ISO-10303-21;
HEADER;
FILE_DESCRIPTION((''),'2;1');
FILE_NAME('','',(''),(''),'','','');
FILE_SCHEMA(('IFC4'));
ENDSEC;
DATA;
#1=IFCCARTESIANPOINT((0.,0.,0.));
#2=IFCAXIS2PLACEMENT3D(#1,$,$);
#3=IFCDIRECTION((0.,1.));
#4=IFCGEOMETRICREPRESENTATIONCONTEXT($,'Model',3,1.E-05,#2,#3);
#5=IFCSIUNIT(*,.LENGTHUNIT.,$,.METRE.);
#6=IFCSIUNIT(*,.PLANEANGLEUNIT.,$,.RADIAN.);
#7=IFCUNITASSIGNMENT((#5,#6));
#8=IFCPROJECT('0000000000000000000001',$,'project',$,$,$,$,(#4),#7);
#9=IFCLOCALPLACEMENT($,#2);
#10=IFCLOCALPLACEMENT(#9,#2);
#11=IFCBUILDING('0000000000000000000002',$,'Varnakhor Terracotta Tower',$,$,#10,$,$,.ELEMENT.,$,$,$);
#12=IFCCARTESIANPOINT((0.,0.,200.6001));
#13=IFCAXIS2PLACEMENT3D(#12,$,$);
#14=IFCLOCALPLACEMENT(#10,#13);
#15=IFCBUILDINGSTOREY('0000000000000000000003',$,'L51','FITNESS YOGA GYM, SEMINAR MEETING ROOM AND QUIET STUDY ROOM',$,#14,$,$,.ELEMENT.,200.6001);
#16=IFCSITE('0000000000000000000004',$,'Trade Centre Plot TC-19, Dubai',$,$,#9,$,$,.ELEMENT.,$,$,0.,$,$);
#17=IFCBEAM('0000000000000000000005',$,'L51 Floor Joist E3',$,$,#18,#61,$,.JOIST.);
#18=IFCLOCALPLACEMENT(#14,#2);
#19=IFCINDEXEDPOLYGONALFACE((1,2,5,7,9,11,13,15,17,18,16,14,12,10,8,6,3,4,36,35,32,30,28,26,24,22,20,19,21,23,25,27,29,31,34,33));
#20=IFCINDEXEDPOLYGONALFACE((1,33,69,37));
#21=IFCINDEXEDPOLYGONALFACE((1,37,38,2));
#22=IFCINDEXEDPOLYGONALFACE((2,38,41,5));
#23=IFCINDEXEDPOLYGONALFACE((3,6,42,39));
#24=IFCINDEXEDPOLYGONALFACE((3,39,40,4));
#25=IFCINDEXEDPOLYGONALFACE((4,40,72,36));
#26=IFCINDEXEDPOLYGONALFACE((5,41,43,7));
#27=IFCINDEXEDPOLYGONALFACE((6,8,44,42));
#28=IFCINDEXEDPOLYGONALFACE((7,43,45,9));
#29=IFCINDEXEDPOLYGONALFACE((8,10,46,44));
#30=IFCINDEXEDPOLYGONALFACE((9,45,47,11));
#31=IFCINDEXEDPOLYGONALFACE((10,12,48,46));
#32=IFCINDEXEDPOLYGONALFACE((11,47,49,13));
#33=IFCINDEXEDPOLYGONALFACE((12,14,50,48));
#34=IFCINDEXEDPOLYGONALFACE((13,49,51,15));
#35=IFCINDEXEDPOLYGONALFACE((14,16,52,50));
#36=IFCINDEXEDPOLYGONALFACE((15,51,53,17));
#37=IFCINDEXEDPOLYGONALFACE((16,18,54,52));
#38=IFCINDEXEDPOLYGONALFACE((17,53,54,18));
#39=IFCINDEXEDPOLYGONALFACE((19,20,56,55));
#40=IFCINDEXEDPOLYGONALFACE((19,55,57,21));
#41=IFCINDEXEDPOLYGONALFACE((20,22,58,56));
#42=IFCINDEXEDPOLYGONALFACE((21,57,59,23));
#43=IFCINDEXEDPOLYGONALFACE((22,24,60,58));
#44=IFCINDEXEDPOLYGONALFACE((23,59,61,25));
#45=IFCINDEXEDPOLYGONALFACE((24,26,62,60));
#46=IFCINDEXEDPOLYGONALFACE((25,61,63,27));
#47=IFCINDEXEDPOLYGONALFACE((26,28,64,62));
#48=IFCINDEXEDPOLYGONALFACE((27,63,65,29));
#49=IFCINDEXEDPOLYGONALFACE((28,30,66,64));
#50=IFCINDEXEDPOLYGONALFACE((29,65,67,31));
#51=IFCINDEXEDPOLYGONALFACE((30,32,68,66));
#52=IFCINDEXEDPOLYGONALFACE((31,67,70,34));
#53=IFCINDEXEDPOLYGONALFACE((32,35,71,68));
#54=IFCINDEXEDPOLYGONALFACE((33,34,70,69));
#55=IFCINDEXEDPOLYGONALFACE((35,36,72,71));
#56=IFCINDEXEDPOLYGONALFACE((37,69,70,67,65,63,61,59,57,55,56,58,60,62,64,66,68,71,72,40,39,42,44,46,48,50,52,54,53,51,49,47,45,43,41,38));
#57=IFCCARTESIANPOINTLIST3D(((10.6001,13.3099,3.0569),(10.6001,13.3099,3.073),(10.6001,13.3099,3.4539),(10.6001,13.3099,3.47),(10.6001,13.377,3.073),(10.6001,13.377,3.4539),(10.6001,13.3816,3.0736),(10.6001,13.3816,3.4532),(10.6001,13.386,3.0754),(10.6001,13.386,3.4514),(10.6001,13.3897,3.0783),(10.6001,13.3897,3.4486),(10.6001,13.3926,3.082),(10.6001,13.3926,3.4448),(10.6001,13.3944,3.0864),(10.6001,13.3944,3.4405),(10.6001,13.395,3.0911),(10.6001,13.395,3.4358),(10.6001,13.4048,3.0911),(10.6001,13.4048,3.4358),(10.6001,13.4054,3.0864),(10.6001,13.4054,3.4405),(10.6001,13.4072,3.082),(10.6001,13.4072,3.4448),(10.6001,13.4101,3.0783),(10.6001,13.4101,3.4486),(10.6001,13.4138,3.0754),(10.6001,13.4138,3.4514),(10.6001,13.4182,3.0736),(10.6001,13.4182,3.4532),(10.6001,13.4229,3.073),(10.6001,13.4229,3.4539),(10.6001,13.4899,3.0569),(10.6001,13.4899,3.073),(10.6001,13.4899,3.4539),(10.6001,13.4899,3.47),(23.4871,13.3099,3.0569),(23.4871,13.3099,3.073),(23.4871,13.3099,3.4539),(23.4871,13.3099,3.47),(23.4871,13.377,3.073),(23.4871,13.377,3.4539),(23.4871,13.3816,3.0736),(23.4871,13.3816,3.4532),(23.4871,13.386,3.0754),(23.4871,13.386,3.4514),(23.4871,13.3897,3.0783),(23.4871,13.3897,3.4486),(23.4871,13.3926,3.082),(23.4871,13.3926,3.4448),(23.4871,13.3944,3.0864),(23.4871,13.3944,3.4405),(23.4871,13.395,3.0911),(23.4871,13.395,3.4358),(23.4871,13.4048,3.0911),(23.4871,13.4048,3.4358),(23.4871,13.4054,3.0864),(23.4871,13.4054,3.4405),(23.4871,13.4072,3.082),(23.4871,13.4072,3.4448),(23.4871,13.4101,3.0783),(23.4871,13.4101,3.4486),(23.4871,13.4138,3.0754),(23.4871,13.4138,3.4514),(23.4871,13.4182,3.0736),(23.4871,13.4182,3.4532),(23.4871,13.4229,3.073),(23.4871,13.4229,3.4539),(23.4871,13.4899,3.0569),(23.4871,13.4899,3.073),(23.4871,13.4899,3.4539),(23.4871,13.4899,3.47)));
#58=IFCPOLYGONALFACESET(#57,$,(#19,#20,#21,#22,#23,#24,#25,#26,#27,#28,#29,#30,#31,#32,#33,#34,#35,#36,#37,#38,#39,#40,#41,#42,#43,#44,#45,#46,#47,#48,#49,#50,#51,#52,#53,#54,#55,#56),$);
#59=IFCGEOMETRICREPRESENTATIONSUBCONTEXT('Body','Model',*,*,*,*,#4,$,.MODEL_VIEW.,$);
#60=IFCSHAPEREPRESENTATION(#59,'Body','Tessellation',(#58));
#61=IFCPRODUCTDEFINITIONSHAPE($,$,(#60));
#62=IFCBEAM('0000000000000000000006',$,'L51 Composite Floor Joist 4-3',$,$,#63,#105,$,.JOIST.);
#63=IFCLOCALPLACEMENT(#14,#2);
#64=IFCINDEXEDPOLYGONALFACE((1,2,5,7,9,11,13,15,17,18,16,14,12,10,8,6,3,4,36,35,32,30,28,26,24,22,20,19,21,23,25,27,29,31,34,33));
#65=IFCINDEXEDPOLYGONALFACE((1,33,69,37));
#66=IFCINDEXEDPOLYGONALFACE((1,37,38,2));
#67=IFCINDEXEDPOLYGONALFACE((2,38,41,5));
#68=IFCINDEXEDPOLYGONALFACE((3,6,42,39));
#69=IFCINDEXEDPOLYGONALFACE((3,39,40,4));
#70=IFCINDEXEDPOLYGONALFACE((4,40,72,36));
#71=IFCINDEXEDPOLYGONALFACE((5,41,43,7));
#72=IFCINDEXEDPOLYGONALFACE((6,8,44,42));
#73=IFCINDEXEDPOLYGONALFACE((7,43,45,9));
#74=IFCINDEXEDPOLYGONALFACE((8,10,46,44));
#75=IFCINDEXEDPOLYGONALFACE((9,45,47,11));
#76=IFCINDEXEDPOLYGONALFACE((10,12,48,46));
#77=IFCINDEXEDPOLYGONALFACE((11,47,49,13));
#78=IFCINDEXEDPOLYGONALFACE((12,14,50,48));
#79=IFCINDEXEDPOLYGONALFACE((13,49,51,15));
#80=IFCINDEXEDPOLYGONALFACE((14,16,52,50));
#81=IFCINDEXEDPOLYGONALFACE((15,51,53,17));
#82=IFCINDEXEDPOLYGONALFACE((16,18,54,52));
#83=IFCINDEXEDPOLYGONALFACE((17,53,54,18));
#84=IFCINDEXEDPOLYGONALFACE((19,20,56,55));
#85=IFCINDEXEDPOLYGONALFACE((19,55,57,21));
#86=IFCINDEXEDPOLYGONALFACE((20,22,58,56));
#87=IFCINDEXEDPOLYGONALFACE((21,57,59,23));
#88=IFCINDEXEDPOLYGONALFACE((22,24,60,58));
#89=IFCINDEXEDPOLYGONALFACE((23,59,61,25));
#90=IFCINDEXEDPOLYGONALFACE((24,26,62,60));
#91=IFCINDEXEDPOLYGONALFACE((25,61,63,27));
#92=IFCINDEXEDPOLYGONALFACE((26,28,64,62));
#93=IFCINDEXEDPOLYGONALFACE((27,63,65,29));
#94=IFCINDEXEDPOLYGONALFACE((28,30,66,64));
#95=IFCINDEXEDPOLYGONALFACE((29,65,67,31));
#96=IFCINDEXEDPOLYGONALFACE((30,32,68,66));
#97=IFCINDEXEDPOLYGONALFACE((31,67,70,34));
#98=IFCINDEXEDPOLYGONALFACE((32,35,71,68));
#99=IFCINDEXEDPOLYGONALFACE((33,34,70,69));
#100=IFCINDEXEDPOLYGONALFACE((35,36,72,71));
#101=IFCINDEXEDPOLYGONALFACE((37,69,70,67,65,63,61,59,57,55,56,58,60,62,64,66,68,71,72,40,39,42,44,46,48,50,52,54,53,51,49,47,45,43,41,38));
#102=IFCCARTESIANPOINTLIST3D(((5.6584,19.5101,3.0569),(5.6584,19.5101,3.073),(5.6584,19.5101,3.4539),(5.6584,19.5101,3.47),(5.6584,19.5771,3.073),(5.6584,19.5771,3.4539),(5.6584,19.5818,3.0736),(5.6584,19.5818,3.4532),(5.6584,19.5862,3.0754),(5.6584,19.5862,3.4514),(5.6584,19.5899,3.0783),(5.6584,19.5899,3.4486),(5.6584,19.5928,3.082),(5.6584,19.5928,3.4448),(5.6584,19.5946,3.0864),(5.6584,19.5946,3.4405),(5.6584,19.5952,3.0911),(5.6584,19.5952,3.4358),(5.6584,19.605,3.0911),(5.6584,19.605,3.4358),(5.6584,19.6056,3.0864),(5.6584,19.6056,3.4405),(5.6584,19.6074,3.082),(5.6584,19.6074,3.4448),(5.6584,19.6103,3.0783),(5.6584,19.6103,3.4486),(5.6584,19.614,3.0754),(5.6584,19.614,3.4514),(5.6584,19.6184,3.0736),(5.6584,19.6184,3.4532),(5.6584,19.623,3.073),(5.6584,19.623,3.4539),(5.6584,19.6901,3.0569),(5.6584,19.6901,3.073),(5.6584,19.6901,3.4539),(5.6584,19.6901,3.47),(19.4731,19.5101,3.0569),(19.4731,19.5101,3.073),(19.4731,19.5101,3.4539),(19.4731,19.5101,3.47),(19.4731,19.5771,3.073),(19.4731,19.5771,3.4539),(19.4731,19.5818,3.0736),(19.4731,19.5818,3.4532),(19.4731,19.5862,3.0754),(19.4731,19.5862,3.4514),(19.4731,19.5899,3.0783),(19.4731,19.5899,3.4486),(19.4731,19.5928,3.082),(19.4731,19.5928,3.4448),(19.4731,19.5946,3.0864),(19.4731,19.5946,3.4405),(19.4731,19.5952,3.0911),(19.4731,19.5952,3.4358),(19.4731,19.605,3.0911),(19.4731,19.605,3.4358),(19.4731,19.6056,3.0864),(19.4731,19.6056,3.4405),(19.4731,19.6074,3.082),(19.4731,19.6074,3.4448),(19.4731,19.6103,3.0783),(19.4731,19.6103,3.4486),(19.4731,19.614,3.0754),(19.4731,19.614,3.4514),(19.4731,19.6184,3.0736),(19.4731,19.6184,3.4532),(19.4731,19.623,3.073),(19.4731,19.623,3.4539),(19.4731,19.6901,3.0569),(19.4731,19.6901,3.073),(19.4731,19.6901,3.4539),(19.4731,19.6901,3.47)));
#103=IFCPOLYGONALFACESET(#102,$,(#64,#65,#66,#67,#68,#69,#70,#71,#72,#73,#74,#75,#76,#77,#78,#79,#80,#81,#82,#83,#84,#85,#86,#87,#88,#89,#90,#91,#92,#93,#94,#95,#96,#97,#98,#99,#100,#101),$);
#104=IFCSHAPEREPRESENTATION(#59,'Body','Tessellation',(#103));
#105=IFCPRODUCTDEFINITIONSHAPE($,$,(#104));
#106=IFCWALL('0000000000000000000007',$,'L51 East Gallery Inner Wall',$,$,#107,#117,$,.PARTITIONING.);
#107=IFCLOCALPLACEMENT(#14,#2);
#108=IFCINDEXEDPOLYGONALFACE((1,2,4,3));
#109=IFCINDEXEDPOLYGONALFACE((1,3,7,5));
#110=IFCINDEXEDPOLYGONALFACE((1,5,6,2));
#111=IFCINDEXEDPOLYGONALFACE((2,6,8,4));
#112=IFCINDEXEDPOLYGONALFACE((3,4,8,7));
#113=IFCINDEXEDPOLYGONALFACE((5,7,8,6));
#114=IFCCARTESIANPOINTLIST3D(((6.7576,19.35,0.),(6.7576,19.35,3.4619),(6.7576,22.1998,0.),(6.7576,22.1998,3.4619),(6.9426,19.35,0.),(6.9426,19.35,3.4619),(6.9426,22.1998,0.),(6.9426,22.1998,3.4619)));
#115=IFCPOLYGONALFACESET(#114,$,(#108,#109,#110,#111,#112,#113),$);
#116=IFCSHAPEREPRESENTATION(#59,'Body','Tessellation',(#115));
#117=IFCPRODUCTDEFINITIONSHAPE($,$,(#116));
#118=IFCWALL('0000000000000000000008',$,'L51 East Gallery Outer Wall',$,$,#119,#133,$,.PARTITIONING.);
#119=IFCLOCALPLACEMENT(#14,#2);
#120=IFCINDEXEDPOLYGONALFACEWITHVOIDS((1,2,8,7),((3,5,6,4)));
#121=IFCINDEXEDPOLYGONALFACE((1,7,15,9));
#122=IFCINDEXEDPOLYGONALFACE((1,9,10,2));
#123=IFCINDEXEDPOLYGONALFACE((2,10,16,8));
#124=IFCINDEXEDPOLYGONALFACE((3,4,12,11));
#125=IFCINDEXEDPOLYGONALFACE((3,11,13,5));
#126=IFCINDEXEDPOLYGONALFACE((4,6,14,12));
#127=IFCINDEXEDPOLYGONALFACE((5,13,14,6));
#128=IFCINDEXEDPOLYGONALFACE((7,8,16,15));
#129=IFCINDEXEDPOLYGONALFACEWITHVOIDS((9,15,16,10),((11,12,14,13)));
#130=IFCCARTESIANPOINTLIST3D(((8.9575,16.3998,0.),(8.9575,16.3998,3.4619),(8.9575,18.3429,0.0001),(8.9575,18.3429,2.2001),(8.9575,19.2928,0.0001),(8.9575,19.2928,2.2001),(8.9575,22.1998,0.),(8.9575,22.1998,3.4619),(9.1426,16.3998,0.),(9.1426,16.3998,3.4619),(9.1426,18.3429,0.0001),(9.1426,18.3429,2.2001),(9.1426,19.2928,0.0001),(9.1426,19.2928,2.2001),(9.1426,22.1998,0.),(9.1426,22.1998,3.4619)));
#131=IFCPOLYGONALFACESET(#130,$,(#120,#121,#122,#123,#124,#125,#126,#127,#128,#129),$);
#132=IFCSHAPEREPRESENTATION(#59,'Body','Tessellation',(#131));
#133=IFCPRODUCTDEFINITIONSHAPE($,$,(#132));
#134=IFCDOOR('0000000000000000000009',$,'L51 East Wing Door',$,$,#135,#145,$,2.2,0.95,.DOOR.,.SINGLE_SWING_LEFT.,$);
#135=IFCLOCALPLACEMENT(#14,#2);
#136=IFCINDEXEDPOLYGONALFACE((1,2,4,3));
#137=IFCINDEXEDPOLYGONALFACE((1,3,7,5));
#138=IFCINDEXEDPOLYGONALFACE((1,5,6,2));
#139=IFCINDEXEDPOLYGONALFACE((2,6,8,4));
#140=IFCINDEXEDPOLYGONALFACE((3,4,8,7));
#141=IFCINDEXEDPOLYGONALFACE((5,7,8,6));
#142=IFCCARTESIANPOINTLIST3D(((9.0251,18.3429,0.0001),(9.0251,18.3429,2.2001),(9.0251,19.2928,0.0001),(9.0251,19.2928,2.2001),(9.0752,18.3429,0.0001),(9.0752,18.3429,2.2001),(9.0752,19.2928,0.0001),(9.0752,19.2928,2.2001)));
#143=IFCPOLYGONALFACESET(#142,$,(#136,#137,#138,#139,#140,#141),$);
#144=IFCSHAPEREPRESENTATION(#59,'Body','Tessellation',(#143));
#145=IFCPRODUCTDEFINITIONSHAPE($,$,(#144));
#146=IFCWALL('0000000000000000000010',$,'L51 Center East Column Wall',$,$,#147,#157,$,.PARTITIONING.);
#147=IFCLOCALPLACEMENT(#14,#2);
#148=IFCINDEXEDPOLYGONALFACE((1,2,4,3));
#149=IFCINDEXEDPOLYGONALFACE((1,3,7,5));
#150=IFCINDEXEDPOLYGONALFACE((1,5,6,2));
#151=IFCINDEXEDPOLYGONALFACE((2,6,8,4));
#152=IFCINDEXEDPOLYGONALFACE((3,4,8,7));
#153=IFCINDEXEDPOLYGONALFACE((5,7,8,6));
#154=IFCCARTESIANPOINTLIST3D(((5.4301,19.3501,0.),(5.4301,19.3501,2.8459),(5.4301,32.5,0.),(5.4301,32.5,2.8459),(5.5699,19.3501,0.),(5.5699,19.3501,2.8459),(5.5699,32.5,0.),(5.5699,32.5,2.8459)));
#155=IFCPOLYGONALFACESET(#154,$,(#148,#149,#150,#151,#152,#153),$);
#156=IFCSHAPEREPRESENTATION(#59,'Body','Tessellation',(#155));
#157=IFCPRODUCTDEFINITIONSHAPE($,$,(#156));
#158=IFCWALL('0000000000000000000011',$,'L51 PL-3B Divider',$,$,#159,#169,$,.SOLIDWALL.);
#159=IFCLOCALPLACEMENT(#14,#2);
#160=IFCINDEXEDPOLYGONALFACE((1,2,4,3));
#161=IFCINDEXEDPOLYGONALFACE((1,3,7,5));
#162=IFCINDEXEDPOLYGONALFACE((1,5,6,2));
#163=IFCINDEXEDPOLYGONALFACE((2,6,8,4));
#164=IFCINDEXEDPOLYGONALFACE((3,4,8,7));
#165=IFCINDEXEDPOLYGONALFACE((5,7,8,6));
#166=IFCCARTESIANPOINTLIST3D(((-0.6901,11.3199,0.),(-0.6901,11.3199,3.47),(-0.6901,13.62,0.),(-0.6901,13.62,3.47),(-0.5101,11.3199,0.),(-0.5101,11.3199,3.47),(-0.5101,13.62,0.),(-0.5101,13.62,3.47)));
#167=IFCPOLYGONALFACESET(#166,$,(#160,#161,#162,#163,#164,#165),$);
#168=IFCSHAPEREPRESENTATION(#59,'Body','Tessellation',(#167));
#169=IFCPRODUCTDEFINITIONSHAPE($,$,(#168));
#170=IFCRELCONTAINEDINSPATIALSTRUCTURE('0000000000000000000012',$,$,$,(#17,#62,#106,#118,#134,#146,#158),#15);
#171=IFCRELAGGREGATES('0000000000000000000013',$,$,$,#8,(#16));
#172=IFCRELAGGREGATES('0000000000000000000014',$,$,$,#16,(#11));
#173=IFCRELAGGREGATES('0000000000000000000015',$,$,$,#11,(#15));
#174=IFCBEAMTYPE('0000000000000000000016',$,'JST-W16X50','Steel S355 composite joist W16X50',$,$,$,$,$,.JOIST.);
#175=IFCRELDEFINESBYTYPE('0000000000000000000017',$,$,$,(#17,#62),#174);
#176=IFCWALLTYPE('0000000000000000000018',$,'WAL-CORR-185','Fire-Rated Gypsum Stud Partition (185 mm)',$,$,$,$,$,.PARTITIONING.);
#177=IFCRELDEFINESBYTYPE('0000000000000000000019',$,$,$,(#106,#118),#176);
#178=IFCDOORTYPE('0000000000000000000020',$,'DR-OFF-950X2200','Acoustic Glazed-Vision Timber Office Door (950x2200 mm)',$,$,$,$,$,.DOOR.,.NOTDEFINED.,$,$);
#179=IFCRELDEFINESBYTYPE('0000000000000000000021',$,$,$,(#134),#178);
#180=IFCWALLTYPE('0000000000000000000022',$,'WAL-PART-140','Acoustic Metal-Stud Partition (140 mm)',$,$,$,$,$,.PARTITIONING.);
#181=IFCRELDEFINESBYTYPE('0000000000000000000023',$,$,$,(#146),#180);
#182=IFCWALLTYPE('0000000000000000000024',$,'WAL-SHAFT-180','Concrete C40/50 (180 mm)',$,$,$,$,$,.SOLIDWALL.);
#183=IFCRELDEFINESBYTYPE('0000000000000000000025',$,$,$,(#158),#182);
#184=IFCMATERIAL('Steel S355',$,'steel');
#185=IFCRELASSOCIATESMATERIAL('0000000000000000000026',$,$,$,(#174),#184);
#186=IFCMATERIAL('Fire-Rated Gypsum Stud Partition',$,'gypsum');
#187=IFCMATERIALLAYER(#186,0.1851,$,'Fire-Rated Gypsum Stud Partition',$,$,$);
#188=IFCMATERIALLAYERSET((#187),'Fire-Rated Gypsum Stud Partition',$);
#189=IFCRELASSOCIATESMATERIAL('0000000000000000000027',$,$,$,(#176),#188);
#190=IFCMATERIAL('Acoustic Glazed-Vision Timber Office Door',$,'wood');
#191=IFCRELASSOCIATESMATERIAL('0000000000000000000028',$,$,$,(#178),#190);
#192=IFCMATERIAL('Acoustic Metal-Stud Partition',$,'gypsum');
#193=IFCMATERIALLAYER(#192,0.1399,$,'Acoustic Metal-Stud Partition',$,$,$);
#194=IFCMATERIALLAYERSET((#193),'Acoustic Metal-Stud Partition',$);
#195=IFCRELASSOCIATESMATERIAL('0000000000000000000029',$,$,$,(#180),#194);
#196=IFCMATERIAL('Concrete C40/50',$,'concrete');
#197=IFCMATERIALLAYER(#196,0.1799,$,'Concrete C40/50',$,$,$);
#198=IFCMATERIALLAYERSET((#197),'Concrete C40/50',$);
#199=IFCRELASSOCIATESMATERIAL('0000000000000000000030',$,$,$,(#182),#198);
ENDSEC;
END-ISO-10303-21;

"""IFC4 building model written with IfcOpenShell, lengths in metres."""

from ifc_helpers import new_model, si_unit, direction, frame, frame_2d, origin, origin_2d, place, context, subcontext, project, spatial, rectangle, i_section, extrude, source, transform, mapped, material, layer, layer_set, material_profile, profile_set, type_object, type_shapes, element, fill, save


model = new_model("IFC4")

# Units and contexts
model_context = context("Model", 3, precision=1e-05, world=origin(), true_north=direction((0.0, 1.0)))
body_context = subcontext(model_context, "Body", "Model", "MODEL_VIEW")
ifc_project = project(units=[si_unit("LENGTHUNIT", "METRE"), si_unit("PLANEANGLEUNIT", "RADIAN")], contexts=[model_context])

# Site, building, storey
site_placement = place(None, origin())
site = spatial("IfcSite", under=ifc_project, at=site_placement, Name="Trade Centre Plot TC-19, Dubai", CompositionType="ELEMENT", RefElevation=0.0)
building_placement = place(site_placement, origin())
building = spatial("IfcBuilding", under=site, at=building_placement, Name="Varnakhor Terracotta Tower", CompositionType="ELEMENT")
storey_placement = place(building_placement, frame((0.0, 0.0, 200.6001)))
storey = spatial("IfcBuildingStorey", under=building, at=storey_placement, Name="L51", Description="FITNESS YOGA GYM, SEMINAR MEETING ROOM AND QUIET STUDY ROOM", CompositionType="ELEMENT", Elevation=200.6001)

# Beams
ifc_material_1 = material(Name="Steel S355", Category="steel")
ifc_material_profile_1 = material_profile(ifc_material_1, i_section(OverallWidth=0.1799, OverallDepth=0.4131, WebThickness=0.0098, FlangeThickness=0.0161, FilletRadius=0.0181, at=origin_2d()), Name="W16X50")
ifc_profile_set_1 = profile_set([ifc_material_profile_1], Name="Steel S355")
beam_type_1 = type_object("IfcBeamType", Name="JST-W16X50", Description="Steel S355 composite joist W16X50", PredefinedType="JOIST", material=ifc_profile_set_1)
shared_shape_1 = source(origin(), body_context, "Body", "SweptSolid", [
    extrude(i_section(OverallWidth=0.1799, OverallDepth=0.4131, WebThickness=0.0098, FlangeThickness=0.0161, FilletRadius=0.0181, at=origin_2d()), origin(), (0.0, 0.0, 1.0), 12.887),
])
beam_1_placement = place(storey_placement, frame((10.6001, 13.3999, 3.2634), z_axis=(1.0, 0.0, 0.0), x_axis=(0.0, 1.0, 0.0)))
element("IfcBeam", 1, at=beam_1_placement, inside=storey, type_object=beam_type_1, Name="L51 Floor Joist E3", PredefinedType="JOIST", context=body_context, shape_type="MappedRepresentation", body=[
    mapped(shared_shape_1, transform((0.0, 0.0, 0.0), scale=1.0)),
])
shared_shape_2 = source(origin(), body_context, "Body", "SweptSolid", [
    extrude(i_section(OverallWidth=0.1799, OverallDepth=0.4131, WebThickness=0.0098, FlangeThickness=0.0161, FilletRadius=0.0181, at=origin_2d()), origin(), (0.0, 0.0, 1.0), 13.8147),
])
beam_2_placement = place(storey_placement, frame((5.6584, 19.6001, 3.2634), z_axis=(1.0, 0.0, 0.0), x_axis=(0.0, 1.0, 0.0)))
element("IfcBeam", 2, at=beam_2_placement, inside=storey, type_object=beam_type_1, Name="L51 Composite Floor Joist 4-3", PredefinedType="JOIST", context=body_context, shape_type="MappedRepresentation", body=[
    mapped(shared_shape_2, transform((0.0, 0.0, 0.0), scale=1.0)),
])

# Wall
ifc_material_2 = material(Name="Fire-Rated Gypsum Stud Partition", Category="gypsum")
ifc_layer_1 = layer(ifc_material_2, 0.1851, Name="Fire-Rated Gypsum Stud Partition")
ifc_layer_set_1 = layer_set([ifc_layer_1], Name="Fire-Rated Gypsum Stud Partition")
wall_type_1 = type_object("IfcWallType", Name="WAL-CORR-185", Description="Fire-Rated Gypsum Stud Partition (185 mm)", PredefinedType="PARTITIONING", material=ifc_layer_set_1)
wall_1_placement = place(storey_placement, frame((6.8501, 19.3501, 0.0), z_axis=(0.0, 0.0, 1.0), x_axis=(0.0, 1.0, 0.0)))
element("IfcWall", 3, at=wall_1_placement, inside=storey, type_object=wall_type_1, Name="L51 East Gallery Inner Wall", PredefinedType="PARTITIONING", context=body_context, shape_type="SweptSolid", body=[
    extrude(rectangle(XDim=2.8499, YDim=0.1851, at=frame_2d((1.4248, 0.0))), origin(), (0.0, 0.0, 1.0), 3.4619),
])

# Wall, opening, door
wall_2_placement = place(storey_placement, frame((9.05, 16.3999, 0.0), z_axis=(0.0, 0.0, 1.0), x_axis=(0.0, 1.0, 0.0)))
wall_2 = element("IfcWall", 4, at=wall_2_placement, inside=storey, type_object=wall_type_1, Name="L51 East Gallery Outer Wall", PredefinedType="PARTITIONING", context=body_context, shape_type="SweptSolid", body=[
    extrude(rectangle(XDim=5.8, YDim=0.1851, at=frame_2d((2.8999, 0.0))), origin(), (0.0, 0.0, 1.0), 3.4619),
])
opening_1_placement = place(wall_2_placement, frame((1.9429, 0.0, 0.0)))
opening_1 = element("IfcOpeningElement", 5, at=opening_1_placement, cuts=wall_2, PredefinedType="OPENING", context=body_context, shape_type="SweptSolid", body=[
    extrude(rectangle(XDim=0.95, YDim=2.2, at=frame_2d((0.4751, 1.1001))), frame((0.0, 0.1025, 0.0), z_axis=(0.0, -1.0, 0.0), x_axis=(1.0, 0.0, 0.0)), (0.0, 0.0, 1.0), 0.2051),
])
ifc_material_3 = material(Name="Acoustic Glazed-Vision Timber Office Door", Category="wood")
door_type_1 = type_object("IfcDoorType", Name="DR-OFF-950X2200", Description="Acoustic Glazed-Vision Timber Office Door (950x2200 mm)", OperationType="NOTDEFINED", PredefinedType="DOOR", material=ifc_material_3)
shared_shape_3 = source(origin(), body_context, "Body", "SweptSolid", [
    extrude(rectangle(XDim=0.95, YDim=2.2, at=frame_2d((0.4751, 1.1001))), frame((0.0, 0.0249, 0.0), z_axis=(0.0, -1.0, 0.0), x_axis=(1.0, 0.0, 0.0)), (0.0, 0.0, 1.0), 0.05),
])
type_shapes(door_type_1, [shared_shape_3])
door_1_placement = place(opening_1_placement, origin())
door_1 = element("IfcDoor", 6, at=door_1_placement, inside=storey, type_object=door_type_1, Name="L51 East Wing Door", OperationType="SINGLE_SWING_LEFT", OverallHeight=2.2, OverallWidth=0.95, PredefinedType="DOOR", context=body_context, shape_type="MappedRepresentation", body=[
    mapped(shared_shape_3, transform((0.0, 0.0, 0.0), scale=1.0)),
])
fill(opening_1, door_1)

# Walls
ifc_material_4 = material(Name="Acoustic Metal-Stud Partition", Category="gypsum")
ifc_layer_2 = layer(ifc_material_4, 0.1399, Name="Acoustic Metal-Stud Partition")
ifc_layer_set_2 = layer_set([ifc_layer_2], Name="Acoustic Metal-Stud Partition")
wall_type_2 = type_object("IfcWallType", Name="WAL-PART-140", Description="Acoustic Metal-Stud Partition (140 mm)", PredefinedType="PARTITIONING", material=ifc_layer_set_2)
wall_3_placement = place(storey_placement, frame((5.5, 19.3501, 0.0), z_axis=(0.0, 0.0, 1.0), x_axis=(0.0, 1.0, 0.0)))
element("IfcWall", 7, at=wall_3_placement, inside=storey, type_object=wall_type_2, Name="L51 Center East Column Wall", PredefinedType="PARTITIONING", context=body_context, shape_type="SweptSolid", body=[
    extrude(rectangle(XDim=13.1499, YDim=0.1399, at=frame_2d((6.575, 0.0))), origin(), (0.0, 0.0, 1.0), 2.8459),
])
ifc_material_5 = material(Name="Concrete C40/50", Category="concrete")
ifc_layer_3 = layer(ifc_material_5, 0.1799, Name="Concrete C40/50")
ifc_layer_set_3 = layer_set([ifc_layer_3], Name="Concrete C40/50")
wall_type_3 = type_object("IfcWallType", Name="WAL-SHAFT-180", Description="Concrete C40/50 (180 mm)", PredefinedType="SOLIDWALL", material=ifc_layer_set_3)
wall_4_placement = place(storey_placement, frame((-0.6001, 11.3201, 0.0), z_axis=(0.0, 0.0, 1.0), x_axis=(0.0, 1.0, 0.0)))
element("IfcWall", 8, at=wall_4_placement, inside=storey, type_object=wall_type_3, Name="L51 PL-3B Divider", PredefinedType="SOLIDWALL", context=body_context, shape_type="SweptSolid", body=[
    extrude(rectangle(XDim=2.3, YDim=0.1799, at=frame_2d((1.1499, 0.0))), origin(), (0.0, 0.0, 1.0), 3.47),
])

save(model, "model.ifc")
